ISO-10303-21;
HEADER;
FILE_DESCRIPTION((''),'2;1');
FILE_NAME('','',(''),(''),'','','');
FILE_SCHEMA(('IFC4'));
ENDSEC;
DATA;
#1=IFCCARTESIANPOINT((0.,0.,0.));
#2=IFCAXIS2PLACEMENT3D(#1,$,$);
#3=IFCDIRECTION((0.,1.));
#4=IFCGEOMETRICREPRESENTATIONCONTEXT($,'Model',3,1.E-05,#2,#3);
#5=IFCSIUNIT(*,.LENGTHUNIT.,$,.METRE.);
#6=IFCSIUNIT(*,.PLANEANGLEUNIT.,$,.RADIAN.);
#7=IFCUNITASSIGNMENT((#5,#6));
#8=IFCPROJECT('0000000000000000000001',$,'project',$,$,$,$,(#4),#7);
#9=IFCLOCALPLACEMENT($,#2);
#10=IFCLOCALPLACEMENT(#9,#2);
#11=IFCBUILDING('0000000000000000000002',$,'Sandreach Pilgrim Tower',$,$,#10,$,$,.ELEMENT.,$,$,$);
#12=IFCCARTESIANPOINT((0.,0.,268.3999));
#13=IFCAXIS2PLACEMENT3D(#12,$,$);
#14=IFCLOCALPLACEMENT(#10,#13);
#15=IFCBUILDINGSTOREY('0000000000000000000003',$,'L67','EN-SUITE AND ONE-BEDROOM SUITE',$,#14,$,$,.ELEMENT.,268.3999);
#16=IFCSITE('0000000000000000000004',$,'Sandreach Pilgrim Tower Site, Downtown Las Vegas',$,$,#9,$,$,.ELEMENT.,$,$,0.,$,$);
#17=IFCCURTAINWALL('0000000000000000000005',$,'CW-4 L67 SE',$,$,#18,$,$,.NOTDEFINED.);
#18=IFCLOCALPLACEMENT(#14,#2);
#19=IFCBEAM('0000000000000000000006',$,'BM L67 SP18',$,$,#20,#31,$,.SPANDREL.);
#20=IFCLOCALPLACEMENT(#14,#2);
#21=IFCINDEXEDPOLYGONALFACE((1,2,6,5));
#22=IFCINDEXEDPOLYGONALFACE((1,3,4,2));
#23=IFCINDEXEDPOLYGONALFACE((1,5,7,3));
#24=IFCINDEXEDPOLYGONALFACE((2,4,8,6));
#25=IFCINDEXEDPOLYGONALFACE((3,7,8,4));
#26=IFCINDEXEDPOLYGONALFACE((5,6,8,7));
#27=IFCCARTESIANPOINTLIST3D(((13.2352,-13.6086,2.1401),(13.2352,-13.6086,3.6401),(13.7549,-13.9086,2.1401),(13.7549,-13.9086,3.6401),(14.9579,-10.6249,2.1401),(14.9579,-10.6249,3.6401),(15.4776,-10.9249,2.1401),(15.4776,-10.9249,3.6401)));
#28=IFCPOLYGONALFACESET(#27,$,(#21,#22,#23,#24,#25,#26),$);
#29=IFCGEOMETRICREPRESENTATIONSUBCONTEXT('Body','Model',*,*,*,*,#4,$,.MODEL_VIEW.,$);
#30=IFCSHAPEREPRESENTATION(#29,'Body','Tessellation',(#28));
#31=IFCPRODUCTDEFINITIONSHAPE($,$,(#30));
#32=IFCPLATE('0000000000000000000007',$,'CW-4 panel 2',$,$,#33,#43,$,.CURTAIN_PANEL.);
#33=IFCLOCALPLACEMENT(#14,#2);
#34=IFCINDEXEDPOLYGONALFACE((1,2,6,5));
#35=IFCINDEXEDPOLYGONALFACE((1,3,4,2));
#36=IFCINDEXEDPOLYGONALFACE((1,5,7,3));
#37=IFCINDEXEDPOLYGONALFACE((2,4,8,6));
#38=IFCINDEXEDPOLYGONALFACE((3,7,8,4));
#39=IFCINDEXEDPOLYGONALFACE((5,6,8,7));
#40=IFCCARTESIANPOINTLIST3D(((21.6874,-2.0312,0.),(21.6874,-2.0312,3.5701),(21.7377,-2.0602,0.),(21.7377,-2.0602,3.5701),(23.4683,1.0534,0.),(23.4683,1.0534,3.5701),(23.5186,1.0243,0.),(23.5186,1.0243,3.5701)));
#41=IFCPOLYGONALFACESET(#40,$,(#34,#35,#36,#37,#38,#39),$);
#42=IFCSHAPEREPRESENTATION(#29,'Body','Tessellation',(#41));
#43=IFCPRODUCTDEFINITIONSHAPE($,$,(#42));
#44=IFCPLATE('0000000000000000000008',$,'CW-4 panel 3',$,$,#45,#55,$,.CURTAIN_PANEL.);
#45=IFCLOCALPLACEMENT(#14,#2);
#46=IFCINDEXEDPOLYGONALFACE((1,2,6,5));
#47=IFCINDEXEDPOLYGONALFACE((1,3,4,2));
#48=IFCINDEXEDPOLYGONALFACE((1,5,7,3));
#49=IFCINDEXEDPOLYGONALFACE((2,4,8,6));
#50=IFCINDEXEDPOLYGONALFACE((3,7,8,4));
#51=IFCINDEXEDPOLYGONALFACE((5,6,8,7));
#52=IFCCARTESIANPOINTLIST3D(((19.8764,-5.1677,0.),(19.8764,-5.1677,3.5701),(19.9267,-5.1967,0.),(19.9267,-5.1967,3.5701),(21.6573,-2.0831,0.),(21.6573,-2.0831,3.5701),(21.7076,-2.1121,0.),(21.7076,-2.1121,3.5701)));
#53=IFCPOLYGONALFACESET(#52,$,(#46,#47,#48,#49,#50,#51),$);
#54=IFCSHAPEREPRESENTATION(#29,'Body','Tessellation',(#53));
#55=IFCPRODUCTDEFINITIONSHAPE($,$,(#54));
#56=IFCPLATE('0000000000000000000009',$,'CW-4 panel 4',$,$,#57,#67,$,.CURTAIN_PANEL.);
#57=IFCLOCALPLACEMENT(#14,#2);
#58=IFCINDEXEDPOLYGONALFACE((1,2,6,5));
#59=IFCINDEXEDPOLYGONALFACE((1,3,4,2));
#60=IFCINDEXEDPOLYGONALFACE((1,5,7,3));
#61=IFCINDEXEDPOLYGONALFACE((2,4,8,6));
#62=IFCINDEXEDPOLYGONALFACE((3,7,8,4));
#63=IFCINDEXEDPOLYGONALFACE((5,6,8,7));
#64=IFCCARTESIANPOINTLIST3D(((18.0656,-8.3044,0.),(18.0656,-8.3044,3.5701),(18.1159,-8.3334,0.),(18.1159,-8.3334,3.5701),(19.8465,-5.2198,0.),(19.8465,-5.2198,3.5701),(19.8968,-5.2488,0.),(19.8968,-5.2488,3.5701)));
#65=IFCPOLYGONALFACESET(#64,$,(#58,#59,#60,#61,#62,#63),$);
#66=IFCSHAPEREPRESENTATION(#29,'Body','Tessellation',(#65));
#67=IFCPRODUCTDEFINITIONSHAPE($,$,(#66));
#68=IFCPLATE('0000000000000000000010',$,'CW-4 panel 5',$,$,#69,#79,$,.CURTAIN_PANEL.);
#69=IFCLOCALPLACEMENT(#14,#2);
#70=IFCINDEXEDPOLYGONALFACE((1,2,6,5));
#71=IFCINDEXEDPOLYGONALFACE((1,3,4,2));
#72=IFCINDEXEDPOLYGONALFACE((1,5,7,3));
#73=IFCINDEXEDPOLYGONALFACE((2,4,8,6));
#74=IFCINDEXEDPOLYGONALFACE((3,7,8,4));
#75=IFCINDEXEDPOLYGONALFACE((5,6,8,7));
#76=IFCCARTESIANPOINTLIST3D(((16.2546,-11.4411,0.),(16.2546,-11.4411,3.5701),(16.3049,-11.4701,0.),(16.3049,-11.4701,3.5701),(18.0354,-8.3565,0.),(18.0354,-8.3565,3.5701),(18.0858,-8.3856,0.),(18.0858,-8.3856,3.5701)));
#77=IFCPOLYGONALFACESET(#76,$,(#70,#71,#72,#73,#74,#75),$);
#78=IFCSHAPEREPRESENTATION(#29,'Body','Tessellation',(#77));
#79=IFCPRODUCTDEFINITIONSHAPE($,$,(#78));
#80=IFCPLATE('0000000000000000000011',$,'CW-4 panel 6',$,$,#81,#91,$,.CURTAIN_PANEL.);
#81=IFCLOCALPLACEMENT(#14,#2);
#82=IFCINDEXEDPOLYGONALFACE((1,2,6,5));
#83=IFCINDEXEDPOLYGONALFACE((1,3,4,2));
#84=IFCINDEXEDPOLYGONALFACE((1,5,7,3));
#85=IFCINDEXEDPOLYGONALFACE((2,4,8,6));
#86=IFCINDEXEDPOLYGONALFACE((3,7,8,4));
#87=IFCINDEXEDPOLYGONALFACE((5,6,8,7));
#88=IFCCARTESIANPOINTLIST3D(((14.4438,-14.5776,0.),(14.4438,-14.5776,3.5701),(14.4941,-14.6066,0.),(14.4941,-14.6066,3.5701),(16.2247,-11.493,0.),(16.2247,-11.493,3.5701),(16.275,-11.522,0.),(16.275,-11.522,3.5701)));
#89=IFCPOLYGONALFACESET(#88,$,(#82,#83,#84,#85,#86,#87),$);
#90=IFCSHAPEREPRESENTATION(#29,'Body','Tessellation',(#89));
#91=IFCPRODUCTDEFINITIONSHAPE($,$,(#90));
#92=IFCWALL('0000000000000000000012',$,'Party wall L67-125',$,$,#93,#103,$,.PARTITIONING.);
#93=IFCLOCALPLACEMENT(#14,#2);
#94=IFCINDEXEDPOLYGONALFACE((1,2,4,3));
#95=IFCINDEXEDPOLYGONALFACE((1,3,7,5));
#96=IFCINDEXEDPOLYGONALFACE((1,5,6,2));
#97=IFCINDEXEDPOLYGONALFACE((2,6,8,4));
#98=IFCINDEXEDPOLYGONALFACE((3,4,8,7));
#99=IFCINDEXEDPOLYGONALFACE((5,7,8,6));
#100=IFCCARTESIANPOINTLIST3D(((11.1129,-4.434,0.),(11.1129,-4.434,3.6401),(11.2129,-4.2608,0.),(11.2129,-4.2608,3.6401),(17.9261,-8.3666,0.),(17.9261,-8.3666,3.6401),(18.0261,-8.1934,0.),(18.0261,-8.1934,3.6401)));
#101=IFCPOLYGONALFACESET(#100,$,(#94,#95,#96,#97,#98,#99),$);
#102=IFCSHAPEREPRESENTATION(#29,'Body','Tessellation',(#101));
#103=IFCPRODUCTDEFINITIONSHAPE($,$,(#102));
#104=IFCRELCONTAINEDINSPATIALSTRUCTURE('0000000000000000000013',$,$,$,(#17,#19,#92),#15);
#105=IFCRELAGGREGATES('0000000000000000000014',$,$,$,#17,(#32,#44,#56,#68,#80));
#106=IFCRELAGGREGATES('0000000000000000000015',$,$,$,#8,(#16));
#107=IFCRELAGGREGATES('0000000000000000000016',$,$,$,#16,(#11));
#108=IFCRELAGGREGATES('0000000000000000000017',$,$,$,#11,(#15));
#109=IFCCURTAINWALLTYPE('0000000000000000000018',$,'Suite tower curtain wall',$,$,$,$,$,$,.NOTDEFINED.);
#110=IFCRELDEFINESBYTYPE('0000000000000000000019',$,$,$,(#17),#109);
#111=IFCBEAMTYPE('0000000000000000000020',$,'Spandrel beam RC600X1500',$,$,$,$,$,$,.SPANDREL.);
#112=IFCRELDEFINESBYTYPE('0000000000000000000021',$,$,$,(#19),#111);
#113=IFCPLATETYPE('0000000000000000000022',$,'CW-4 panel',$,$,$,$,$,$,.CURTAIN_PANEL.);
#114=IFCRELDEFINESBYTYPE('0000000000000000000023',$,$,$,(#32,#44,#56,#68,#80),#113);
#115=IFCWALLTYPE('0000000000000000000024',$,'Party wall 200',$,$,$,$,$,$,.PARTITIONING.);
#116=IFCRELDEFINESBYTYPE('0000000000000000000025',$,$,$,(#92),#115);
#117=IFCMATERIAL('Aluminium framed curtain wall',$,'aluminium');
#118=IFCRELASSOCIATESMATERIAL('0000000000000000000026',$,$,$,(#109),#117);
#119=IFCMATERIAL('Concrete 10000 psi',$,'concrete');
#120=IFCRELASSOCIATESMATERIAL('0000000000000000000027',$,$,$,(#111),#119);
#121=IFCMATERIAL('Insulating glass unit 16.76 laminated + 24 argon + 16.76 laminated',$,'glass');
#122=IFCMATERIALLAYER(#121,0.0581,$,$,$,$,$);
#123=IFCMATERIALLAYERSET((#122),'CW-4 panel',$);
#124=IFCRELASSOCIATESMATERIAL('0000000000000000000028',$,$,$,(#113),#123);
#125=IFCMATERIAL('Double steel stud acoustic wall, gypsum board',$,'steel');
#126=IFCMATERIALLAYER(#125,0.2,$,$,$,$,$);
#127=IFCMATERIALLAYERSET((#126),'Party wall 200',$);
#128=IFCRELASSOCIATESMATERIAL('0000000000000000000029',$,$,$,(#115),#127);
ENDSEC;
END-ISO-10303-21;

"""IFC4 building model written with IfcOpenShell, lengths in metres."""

from ifc_helpers import new_model, si_unit, direction, frame, frame_2d, origin, origin_2d, place, context, subcontext, project, spatial, rectangle, extrude, material, layer, layer_set, material_profile, profile_set, type_object, element, aggregate, save


model = new_model("IFC4")

# Units and contexts
model_context = context("Model", 3, precision=1e-05, world=origin(), true_north=direction((0.0, 1.0)))
body_context = subcontext(model_context, "Body", "Model", "MODEL_VIEW")
ifc_project = project(units=[si_unit("LENGTHUNIT", "METRE"), si_unit("PLANEANGLEUNIT", "RADIAN")], contexts=[model_context])

# Site, building, storey
site_placement = place(None, origin())
site = spatial("IfcSite", under=ifc_project, at=site_placement, Name="Sandreach Pilgrim Tower Site, Downtown Las Vegas", CompositionType="ELEMENT", RefElevation=0.0)
building_placement = place(site_placement, origin())
building = spatial("IfcBuilding", under=site, at=building_placement, Name="Sandreach Pilgrim Tower", CompositionType="ELEMENT")
storey_placement = place(building_placement, frame((0.0, 0.0, 268.3999)))
storey = spatial("IfcBuildingStorey", under=building, at=storey_placement, Name="L67", Description="EN-SUITE AND ONE-BEDROOM SUITE", CompositionType="ELEMENT", Elevation=268.3999)

# Curtain wall
ifc_material_1 = material(Name="Aluminium framed curtain wall", Category="aluminium")
curtain_wall_type = type_object("IfcCurtainWallType", Name="Suite tower curtain wall", PredefinedType="NOTDEFINED", material=ifc_material_1)
curtain_wall_placement = place(storey_placement, origin())
curtain_wall = element("IfcCurtainWall", 1, at=curtain_wall_placement, inside=storey, type_object=curtain_wall_type, Name="CW-4 L67 SE", PredefinedType="NOTDEFINED")

# Beam
ifc_material_2 = material(Name="Concrete 10000 psi", Category="concrete")
ifc_material_profile_1 = material_profile(ifc_material_2, rectangle(XDim=0.6001, YDim=1.5, at=origin_2d()), Name="RC600X1500")
ifc_profile_set_1 = profile_set([ifc_material_profile_1], Name="Concrete 10000 psi")
beam_type_1 = type_object("IfcBeamType", Name="Spandrel beam RC600X1500", PredefinedType="SPANDREL", material=ifc_profile_set_1)
beam_1_placement = place(storey_placement, frame((15.2178, -10.7749, 2.8901), z_axis=(-0.500011, -0.866019, 0.0), x_axis=(0.866019, -0.500011, 0.0)))
element("IfcBeam", 2, at=beam_1_placement, inside=storey, type_object=beam_type_1, Name="BM L67 SP18", PredefinedType="SPANDREL", context=body_context, shape_type="SweptSolid", body=[
    extrude(rectangle(XDim=0.6001, YDim=1.5, at=origin_2d()), origin(), (0.0, 0.0, 1.0), 3.4453),
])

# Plates
ifc_material_3 = material(Name="Insulating glass unit 16.76 laminated + 24 argon + 16.76 laminated", Category="glass")
ifc_layer_1 = layer(ifc_material_3, 0.0581)
ifc_layer_set_1 = layer_set([ifc_layer_1], Name="CW-4 panel")
plate_type = type_object("IfcPlateType", Name="CW-4 panel", PredefinedType="CURTAIN_PANEL", material=ifc_layer_set_1)
plate_1_placement = place(storey_placement, frame((22.603, -0.5034, 0.0), z_axis=(0.0, 0.0, 1.0), x_axis=(-0.5, -0.866025, 0.0)))
plate_1 = element("IfcPlate", 3, at=plate_1_placement, type_object=plate_type, Name="CW-4 panel 2", PredefinedType="CURTAIN_PANEL", context=body_context, shape_type="SweptSolid", body=[
    extrude(rectangle(XDim=3.5618, YDim=0.0581, at=origin_2d()), origin(), (0.0, 0.0, 1.0), 3.5701),
])
plate_2_placement = place(storey_placement, frame((20.792, -3.6399, 0.0), z_axis=(0.0, 0.0, 1.0), x_axis=(-0.5, -0.866025, 0.0)))
plate_2 = element("IfcPlate", 4, at=plate_2_placement, type_object=plate_type, Name="CW-4 panel 3", PredefinedType="CURTAIN_PANEL", context=body_context, shape_type="SweptSolid", body=[
    extrude(rectangle(XDim=3.5618, YDim=0.0581, at=origin_2d()), origin(), (0.0, 0.0, 1.0), 3.5701),
])
plate_3_placement = place(storey_placement, frame((18.9812, -6.7766, 0.0), z_axis=(0.0, 0.0, 1.0), x_axis=(-0.5, -0.866025, 0.0)))
plate_3 = element("IfcPlate", 5, at=plate_3_placement, type_object=plate_type, Name="CW-4 panel 4", PredefinedType="CURTAIN_PANEL", context=body_context, shape_type="SweptSolid", body=[
    extrude(rectangle(XDim=3.5618, YDim=0.0581, at=origin_2d()), origin(), (0.0, 0.0, 1.0), 3.5701),
])
plate_4_placement = place(storey_placement, frame((17.1702, -9.9133, 0.0), z_axis=(0.0, 0.0, 1.0), x_axis=(-0.5, -0.866025, 0.0)))
plate_4 = element("IfcPlate", 6, at=plate_4_placement, type_object=plate_type, Name="CW-4 panel 5", PredefinedType="CURTAIN_PANEL", context=body_context, shape_type="SweptSolid", body=[
    extrude(rectangle(XDim=3.5618, YDim=0.0581, at=origin_2d()), origin(), (0.0, 0.0, 1.0), 3.5701),
])
plate_5_placement = place(storey_placement, frame((15.3594, -13.0498, 0.0), z_axis=(0.0, 0.0, 1.0), x_axis=(-0.5, -0.866025, 0.0)))
plate_5 = element("IfcPlate", 7, at=plate_5_placement, type_object=plate_type, Name="CW-4 panel 6", PredefinedType="CURTAIN_PANEL", context=body_context, shape_type="SweptSolid", body=[
    extrude(rectangle(XDim=3.5618, YDim=0.0581, at=origin_2d()), origin(), (0.0, 0.0, 1.0), 3.5701),
])
aggregate(curtain_wall, [plate_1, plate_2, plate_3, plate_4, plate_5])

# Wall
ifc_material_4 = material(Name="Double steel stud acoustic wall, gypsum board", Category="steel")
ifc_layer_2 = layer(ifc_material_4, 0.2)
ifc_layer_set_2 = layer_set([ifc_layer_2], Name="Party wall 200")
wall_type = type_object("IfcWallType", Name="Party wall 200", PredefinedType="PARTITIONING", material=ifc_layer_set_2)
wall_placement = place(storey_placement, frame((17.9761, -8.28, 0.0), z_axis=(0.0, 0.0, 1.0), x_axis=(-0.866081, 0.499904, 0.0)))
element("IfcWall", 8, at=wall_placement, inside=storey, type_object=wall_type, Name="Party wall L67-125", PredefinedType="PARTITIONING", context=body_context, shape_type="SweptSolid", body=[
    extrude(rectangle(XDim=7.8667, YDim=0.2, at=frame_2d((3.9333, 0.0))), origin(), (0.0, 0.0, 1.0), 3.6401),
])

save(model, "model.ifc")
